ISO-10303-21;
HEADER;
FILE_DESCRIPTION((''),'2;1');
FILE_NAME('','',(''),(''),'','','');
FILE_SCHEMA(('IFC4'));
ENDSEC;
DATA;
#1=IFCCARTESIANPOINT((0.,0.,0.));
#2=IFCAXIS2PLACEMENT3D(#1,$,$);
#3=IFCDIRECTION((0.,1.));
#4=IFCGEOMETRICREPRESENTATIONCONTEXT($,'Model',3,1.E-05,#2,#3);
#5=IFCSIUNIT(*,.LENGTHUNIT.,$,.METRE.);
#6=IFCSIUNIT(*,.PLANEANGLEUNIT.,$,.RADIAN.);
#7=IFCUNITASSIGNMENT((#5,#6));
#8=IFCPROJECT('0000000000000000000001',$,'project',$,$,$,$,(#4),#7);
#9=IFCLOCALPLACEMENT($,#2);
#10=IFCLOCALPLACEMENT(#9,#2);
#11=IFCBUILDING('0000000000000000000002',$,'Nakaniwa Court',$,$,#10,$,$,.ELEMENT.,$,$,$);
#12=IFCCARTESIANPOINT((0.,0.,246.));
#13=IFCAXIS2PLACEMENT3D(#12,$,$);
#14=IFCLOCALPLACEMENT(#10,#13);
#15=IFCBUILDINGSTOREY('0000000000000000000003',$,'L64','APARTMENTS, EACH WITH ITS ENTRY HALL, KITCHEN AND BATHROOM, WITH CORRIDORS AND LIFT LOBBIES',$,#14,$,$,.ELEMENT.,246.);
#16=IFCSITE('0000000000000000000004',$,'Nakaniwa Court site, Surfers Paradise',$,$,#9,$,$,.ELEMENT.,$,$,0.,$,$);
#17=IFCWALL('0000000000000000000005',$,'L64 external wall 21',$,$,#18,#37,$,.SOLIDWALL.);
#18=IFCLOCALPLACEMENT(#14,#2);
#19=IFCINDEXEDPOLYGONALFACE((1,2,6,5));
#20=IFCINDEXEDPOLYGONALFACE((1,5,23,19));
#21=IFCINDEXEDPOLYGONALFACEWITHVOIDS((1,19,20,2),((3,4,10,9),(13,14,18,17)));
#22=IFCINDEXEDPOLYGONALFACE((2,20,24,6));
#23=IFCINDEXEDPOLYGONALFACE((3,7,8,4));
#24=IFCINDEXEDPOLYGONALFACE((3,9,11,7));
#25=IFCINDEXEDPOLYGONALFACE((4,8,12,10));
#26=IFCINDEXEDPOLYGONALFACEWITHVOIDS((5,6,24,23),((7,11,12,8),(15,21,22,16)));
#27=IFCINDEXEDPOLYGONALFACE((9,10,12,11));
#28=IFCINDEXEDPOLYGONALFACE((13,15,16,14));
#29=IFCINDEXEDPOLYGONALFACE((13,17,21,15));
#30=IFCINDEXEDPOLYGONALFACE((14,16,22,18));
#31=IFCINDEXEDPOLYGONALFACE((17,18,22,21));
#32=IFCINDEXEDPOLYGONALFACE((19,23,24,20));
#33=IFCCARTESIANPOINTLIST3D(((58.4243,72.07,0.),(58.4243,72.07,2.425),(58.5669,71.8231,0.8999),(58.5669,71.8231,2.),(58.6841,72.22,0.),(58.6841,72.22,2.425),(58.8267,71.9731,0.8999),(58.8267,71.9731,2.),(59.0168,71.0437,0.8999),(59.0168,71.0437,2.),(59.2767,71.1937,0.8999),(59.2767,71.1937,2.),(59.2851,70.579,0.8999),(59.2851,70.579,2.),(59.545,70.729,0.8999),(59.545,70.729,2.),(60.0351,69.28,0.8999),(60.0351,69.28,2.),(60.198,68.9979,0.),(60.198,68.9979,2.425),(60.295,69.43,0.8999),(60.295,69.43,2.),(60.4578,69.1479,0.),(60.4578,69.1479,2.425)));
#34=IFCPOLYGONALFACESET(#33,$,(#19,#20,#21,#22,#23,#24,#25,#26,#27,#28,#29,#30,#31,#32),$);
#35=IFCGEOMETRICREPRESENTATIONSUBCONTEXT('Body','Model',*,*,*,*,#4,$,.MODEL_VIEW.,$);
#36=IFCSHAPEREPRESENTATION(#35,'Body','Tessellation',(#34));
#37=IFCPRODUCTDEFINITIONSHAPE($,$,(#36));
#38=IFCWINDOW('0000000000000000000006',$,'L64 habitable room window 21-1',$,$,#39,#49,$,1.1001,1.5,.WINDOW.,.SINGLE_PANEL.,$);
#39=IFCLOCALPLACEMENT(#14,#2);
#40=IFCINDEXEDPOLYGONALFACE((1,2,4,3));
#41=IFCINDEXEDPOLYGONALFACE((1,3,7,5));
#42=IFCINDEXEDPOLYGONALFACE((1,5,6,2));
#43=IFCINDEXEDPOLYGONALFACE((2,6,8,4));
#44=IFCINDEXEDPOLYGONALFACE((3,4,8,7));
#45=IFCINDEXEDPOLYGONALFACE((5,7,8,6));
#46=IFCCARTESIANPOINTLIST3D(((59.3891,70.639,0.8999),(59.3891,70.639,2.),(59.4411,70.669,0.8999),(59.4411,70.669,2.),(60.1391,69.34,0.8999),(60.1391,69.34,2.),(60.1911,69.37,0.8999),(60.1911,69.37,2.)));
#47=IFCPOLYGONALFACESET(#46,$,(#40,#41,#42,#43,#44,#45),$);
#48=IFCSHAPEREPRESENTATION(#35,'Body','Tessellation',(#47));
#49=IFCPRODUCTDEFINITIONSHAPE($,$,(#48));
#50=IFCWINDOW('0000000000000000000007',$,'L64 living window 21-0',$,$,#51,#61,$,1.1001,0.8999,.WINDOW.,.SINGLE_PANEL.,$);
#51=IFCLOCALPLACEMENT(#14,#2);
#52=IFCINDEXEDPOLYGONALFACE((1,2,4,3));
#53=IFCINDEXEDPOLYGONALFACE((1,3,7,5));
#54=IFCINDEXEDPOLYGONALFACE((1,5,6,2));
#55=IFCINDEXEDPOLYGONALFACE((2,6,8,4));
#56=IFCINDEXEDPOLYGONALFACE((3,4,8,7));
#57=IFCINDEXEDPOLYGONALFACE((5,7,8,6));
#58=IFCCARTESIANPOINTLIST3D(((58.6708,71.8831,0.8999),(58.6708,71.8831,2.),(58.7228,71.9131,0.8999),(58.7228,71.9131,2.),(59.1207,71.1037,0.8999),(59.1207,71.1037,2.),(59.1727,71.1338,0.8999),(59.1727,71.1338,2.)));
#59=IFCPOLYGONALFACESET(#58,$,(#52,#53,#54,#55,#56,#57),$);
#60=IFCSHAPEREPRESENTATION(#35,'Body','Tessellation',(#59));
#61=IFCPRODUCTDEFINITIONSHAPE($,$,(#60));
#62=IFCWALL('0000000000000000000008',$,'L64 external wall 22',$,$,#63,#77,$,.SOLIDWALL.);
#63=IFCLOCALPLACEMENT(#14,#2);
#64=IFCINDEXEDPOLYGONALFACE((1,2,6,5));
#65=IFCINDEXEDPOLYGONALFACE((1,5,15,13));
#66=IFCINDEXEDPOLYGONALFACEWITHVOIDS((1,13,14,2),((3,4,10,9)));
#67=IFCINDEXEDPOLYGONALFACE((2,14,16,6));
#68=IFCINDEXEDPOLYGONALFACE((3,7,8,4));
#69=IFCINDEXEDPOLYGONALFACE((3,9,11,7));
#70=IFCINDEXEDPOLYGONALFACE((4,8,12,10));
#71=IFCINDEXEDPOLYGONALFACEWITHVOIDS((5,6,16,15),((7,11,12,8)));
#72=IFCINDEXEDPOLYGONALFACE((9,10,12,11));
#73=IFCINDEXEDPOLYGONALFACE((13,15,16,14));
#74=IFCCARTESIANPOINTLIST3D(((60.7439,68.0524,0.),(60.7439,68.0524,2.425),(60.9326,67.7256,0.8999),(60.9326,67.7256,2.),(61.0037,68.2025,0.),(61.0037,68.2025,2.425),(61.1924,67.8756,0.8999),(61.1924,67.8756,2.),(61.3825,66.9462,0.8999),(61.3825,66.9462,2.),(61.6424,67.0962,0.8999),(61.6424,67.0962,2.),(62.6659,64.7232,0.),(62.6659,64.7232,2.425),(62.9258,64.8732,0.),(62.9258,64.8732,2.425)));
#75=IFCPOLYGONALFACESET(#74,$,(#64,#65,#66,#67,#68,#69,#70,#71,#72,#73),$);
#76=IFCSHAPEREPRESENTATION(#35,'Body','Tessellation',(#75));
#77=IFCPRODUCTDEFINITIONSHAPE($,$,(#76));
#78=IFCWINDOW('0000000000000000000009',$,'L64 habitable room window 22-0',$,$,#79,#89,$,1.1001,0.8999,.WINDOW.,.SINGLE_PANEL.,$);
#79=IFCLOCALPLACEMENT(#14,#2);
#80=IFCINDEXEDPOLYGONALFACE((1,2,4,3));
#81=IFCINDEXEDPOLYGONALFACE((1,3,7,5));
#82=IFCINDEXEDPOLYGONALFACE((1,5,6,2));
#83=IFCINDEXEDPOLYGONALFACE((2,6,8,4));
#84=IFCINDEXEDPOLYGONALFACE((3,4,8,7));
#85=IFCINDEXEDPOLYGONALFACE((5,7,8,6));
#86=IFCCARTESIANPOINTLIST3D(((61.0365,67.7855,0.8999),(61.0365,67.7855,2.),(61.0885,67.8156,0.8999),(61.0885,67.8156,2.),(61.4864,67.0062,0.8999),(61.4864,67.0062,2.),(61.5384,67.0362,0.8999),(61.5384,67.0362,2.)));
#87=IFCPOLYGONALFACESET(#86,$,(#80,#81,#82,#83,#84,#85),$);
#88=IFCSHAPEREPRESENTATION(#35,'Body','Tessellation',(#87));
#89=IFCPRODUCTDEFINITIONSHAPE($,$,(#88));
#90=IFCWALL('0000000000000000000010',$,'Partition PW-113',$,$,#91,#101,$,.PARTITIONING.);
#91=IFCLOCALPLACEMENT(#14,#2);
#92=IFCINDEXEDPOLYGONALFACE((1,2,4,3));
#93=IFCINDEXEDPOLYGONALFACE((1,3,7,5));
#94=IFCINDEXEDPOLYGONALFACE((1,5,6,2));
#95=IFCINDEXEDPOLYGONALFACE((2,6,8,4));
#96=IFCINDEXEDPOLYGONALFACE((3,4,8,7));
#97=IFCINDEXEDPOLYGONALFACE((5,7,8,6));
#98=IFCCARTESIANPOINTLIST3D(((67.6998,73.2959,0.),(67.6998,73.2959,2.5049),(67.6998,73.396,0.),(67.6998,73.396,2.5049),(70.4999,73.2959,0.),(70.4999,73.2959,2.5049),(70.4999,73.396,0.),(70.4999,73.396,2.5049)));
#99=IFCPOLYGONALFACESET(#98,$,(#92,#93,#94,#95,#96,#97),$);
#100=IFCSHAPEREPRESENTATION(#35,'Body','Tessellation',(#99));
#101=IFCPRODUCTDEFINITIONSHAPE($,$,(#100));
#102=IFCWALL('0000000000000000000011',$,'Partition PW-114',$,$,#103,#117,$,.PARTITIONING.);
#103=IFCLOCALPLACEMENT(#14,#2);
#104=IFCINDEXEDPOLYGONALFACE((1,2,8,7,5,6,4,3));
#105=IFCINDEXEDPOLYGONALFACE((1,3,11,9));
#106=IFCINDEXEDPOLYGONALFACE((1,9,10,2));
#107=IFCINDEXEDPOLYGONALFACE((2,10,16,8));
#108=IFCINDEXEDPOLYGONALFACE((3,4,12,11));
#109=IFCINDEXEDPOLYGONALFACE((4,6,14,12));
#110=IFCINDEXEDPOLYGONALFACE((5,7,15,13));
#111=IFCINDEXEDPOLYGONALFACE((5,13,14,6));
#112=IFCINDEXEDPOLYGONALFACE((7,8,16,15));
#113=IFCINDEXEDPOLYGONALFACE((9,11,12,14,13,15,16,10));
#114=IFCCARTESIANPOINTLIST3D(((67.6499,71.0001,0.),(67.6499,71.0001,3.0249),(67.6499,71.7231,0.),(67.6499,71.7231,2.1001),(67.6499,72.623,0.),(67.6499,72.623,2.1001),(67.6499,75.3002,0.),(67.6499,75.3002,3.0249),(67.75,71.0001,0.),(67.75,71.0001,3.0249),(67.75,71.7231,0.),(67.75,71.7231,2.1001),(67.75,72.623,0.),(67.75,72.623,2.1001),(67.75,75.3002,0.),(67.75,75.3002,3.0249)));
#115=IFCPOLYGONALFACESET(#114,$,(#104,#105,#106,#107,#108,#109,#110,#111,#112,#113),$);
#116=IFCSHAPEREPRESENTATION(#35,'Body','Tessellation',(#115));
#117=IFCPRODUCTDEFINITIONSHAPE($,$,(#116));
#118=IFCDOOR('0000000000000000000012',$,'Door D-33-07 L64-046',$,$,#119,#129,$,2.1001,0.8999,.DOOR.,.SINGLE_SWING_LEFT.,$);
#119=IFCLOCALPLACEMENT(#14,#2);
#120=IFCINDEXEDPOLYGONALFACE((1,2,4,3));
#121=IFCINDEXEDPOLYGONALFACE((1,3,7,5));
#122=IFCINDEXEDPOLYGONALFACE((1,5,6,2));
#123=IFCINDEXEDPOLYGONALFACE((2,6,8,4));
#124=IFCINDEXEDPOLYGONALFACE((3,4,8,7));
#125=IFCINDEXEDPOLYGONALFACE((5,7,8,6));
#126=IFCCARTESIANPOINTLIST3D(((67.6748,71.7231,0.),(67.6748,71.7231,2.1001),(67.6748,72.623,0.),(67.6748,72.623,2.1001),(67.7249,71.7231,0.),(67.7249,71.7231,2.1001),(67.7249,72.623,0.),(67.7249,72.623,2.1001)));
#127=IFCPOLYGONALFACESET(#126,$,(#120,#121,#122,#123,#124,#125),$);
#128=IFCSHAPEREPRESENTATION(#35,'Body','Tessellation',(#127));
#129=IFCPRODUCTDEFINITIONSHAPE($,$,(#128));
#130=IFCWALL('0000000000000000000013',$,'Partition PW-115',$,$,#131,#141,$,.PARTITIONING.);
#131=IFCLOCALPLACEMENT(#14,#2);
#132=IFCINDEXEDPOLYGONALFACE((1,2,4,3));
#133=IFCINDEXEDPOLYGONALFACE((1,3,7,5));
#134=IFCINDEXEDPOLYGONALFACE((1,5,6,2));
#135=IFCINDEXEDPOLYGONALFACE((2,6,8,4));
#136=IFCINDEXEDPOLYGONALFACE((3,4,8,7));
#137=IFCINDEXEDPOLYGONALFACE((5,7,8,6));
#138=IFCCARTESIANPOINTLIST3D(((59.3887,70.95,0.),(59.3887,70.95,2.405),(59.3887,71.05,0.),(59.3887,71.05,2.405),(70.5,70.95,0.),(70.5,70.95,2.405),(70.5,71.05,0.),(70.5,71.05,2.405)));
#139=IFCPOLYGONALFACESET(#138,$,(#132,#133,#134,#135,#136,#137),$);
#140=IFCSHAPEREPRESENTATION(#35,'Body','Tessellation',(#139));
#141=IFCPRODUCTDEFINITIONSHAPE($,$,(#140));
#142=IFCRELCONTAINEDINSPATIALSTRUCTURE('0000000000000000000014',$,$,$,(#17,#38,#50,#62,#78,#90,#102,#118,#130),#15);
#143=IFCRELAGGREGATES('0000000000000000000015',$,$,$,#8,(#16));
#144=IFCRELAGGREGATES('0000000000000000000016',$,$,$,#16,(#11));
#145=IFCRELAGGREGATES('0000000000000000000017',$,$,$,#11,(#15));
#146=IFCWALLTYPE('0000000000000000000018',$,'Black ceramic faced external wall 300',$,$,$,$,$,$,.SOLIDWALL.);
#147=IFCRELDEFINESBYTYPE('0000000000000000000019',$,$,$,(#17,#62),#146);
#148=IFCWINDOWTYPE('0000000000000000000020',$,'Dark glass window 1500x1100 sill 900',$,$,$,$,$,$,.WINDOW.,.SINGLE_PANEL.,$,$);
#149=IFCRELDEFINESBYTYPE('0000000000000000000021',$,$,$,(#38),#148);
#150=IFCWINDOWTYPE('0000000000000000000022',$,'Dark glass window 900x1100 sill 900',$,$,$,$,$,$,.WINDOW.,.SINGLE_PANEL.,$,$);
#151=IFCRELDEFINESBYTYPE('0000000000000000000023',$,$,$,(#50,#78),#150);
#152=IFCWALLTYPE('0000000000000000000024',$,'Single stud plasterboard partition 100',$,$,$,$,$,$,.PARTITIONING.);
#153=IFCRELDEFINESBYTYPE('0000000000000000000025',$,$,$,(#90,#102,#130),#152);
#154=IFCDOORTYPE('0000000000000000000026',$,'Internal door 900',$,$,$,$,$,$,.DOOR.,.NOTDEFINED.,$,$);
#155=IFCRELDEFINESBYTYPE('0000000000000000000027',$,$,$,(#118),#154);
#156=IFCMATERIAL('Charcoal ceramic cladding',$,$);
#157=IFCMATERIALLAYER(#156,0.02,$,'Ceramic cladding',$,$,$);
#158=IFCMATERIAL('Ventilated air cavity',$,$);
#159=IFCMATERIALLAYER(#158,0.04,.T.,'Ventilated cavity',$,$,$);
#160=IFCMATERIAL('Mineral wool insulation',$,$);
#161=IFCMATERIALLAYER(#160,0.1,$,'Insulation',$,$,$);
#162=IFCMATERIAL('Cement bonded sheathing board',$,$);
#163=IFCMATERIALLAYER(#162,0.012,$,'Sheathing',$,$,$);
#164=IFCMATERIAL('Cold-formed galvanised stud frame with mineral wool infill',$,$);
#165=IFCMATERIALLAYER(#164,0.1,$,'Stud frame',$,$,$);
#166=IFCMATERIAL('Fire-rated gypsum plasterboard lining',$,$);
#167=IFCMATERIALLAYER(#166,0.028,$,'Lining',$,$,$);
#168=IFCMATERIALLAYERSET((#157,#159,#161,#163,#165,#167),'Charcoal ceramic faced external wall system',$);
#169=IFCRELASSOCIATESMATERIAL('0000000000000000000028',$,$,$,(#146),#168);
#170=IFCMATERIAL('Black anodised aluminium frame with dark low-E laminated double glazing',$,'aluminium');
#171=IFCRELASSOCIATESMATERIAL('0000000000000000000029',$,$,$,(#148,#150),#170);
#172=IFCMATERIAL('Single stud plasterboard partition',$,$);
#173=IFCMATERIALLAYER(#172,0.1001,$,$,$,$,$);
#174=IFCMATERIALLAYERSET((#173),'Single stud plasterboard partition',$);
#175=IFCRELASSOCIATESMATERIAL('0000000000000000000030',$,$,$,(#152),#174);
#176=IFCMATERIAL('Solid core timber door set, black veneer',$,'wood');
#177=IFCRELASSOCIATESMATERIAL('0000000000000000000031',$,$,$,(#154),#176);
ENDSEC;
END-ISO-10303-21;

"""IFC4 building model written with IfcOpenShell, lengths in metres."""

from ifc_helpers import new_model, si_unit, direction, frame, frame_2d, origin, place, context, subcontext, project, spatial, rectangle, extrude, material, layer, layer_set, type_object, element, fill, save


model = new_model("IFC4")

# Units and contexts
model_context = context("Model", 3, precision=1e-05, world=origin(), true_north=direction((0.0, 1.0)))
body_context = subcontext(model_context, "Body", "Model", "MODEL_VIEW")
ifc_project = project(units=[si_unit("LENGTHUNIT", "METRE"), si_unit("PLANEANGLEUNIT", "RADIAN")], contexts=[model_context])

# Site, building, storey
site_placement = place(None, origin())
site = spatial("IfcSite", under=ifc_project, at=site_placement, Name="Nakaniwa Court site, Surfers Paradise", CompositionType="ELEMENT", RefElevation=0.0)
building_placement = place(site_placement, origin())
building = spatial("IfcBuilding", under=site, at=building_placement, Name="Nakaniwa Court", CompositionType="ELEMENT")
storey_placement = place(building_placement, frame((0.0, 0.0, 246.0)))
storey = spatial("IfcBuildingStorey", under=building, at=storey_placement, Name="L64", Description="APARTMENTS, EACH WITH ITS ENTRY HALL, KITCHEN AND BATHROOM, WITH CORRIDORS AND LIFT LOBBIES", CompositionType="ELEMENT", Elevation=246.0)

# Shared definitions
ifc_material_1 = material(Name="Charcoal ceramic cladding")
ifc_layer_1 = layer(ifc_material_1, 0.02, Name="Ceramic cladding")
ifc_material_2 = material(Name="Ventilated air cavity")
ifc_layer_2 = layer(ifc_material_2, 0.04, ventilated=True, Name="Ventilated cavity")
ifc_material_3 = material(Name="Mineral wool insulation")
ifc_layer_3 = layer(ifc_material_3, 0.1, Name="Insulation")
ifc_material_4 = material(Name="Cement bonded sheathing board")
ifc_layer_4 = layer(ifc_material_4, 0.012, Name="Sheathing")
ifc_material_5 = material(Name="Cold-formed galvanised stud frame with mineral wool infill")
ifc_layer_5 = layer(ifc_material_5, 0.1, Name="Stud frame")
ifc_material_6 = material(Name="Fire-rated gypsum plasterboard lining")
ifc_layer_6 = layer(ifc_material_6, 0.028, Name="Lining")
ifc_layer_set_1 = layer_set([ifc_layer_1, ifc_layer_2, ifc_layer_3, ifc_layer_4, ifc_layer_5, ifc_layer_6], Name="Charcoal ceramic faced external wall system")
wall_type_1 = type_object("IfcWallType", Name="Black ceramic faced external wall 300", PredefinedType="SOLIDWALL", material=ifc_layer_set_1)

# Shared definitions
ifc_material_7 = material(Name="Black anodised aluminium frame with dark low-E laminated double glazing", Category="aluminium")

# Wall, openings, windows
wall_1_placement = place(storey_placement, frame((58.5542, 72.145, 0.0), z_axis=(0.0, 0.0, 1.0), x_axis=(0.50001, -0.866019, 0.0)))
wall_1 = element("IfcWall", 1, at=wall_1_placement, inside=storey, type_object=wall_type_1, Name="L64 external wall 21", PredefinedType="SOLIDWALL", context=body_context, shape_type="SweptSolid", body=[
    extrude(rectangle(XDim=3.5474, YDim=0.3, at=frame_2d((1.7737, 0.0))), origin(), (0.0, 0.0, 1.0), 2.425),
])
opening_1_placement = place(wall_1_placement, frame((0.2852, 0.0, 0.8999)))
opening_1 = element("IfcOpeningElement", 2, at=opening_1_placement, cuts=wall_1, PredefinedType="OPENING", context=body_context, shape_type="SweptSolid", body=[
    extrude(rectangle(XDim=0.8999, YDim=1.1001, at=frame_2d((0.45, 0.55))), frame((0.0, 0.1599, 0.0), z_axis=(0.0, -1.0, 0.0), x_axis=(1.0, 0.0, 0.0)), (0.0, 0.0, 1.0), 0.3201),
])
opening_2_placement = place(wall_1_placement, frame((1.7217, 0.0, 0.8999)))
opening_2 = element("IfcOpeningElement", 3, at=opening_2_placement, cuts=wall_1, PredefinedType="OPENING", context=body_context, shape_type="SweptSolid", body=[
    extrude(rectangle(XDim=1.5, YDim=1.1001, at=frame_2d((0.75, 0.55))), frame((0.0, 0.1599, 0.0), z_axis=(0.0, -1.0, 0.0), x_axis=(1.0, 0.0, 0.0)), (0.0, 0.0, 1.0), 0.3201),
])
window_type_1 = type_object("IfcWindowType", Name="Dark glass window 1500x1100 sill 900", PartitioningType="SINGLE_PANEL", PredefinedType="WINDOW", material=ifc_material_7)
window_1_placement = place(opening_2_placement, origin())
window_1 = element("IfcWindow", 4, at=window_1_placement, inside=storey, type_object=window_type_1, Name="L64 habitable room window 21-1", OverallHeight=1.1001, OverallWidth=1.5, PartitioningType="SINGLE_PANEL", PredefinedType="WINDOW", context=body_context, shape_type="SweptSolid", body=[
    extrude(rectangle(XDim=1.5, YDim=1.1001, at=frame_2d((0.75, 0.55))), frame((0.0, 0.03, 0.0), z_axis=(0.0, -1.0, 0.0), x_axis=(1.0, 0.0, 0.0)), (0.0, 0.0, 1.0), 0.0601),
])
fill(opening_2, window_1)
window_type_2 = type_object("IfcWindowType", Name="Dark glass window 900x1100 sill 900", PartitioningType="SINGLE_PANEL", PredefinedType="WINDOW", material=ifc_material_7)
window_2_placement = place(opening_1_placement, origin())
window_2 = element("IfcWindow", 5, at=window_2_placement, inside=storey, type_object=window_type_2, Name="L64 living window 21-0", OverallHeight=1.1001, OverallWidth=0.8999, PartitioningType="SINGLE_PANEL", PredefinedType="WINDOW", context=body_context, shape_type="SweptSolid", body=[
    extrude(rectangle(XDim=0.8999, YDim=1.1001, at=frame_2d((0.45, 0.55))), frame((0.0, 0.03, 0.0), z_axis=(0.0, -1.0, 0.0), x_axis=(1.0, 0.0, 0.0)), (0.0, 0.0, 1.0), 0.0601),
])
fill(opening_1, window_2)

# Wall, opening, window
wall_2_placement = place(storey_placement, frame((60.8738, 68.1274, 0.0), z_axis=(0.0, 0.0, 1.0), x_axis=(0.499984, -0.866034, 0.0)))
wall_2 = element("IfcWall", 6, at=wall_2_placement, inside=storey, type_object=wall_type_1, Name="L64 external wall 22", PredefinedType="SOLIDWALL", context=body_context, shape_type="SweptSolid", body=[
    extrude(rectangle(XDim=3.8442, YDim=0.3, at=frame_2d((1.9221, 0.0))), origin(), (0.0, 0.0, 1.0), 2.425),
])
opening_3_placement = place(wall_2_placement, frame((0.3774, 0.0, 0.8999)))
opening_3 = element("IfcOpeningElement", 7, at=opening_3_placement, cuts=wall_2, PredefinedType="OPENING", context=body_context, shape_type="SweptSolid", body=[
    extrude(rectangle(XDim=0.8999, YDim=1.1001, at=frame_2d((0.45, 0.55))), frame((0.0, 0.1599, 0.0), z_axis=(0.0, -1.0, 0.0), x_axis=(1.0, 0.0, 0.0)), (0.0, 0.0, 1.0), 0.3201),
])
window_3_placement = place(opening_3_placement, origin())
window_3 = element("IfcWindow", 8, at=window_3_placement, inside=storey, type_object=window_type_2, Name="L64 habitable room window 22-0", OverallHeight=1.1001, OverallWidth=0.8999, PartitioningType="SINGLE_PANEL", PredefinedType="WINDOW", context=body_context, shape_type="SweptSolid", body=[
    extrude(rectangle(XDim=0.8999, YDim=1.1001, at=frame_2d((0.45, 0.55))), frame((0.0, 0.03, 0.0), z_axis=(0.0, -1.0, 0.0), x_axis=(1.0, 0.0, 0.0)), (0.0, 0.0, 1.0), 0.0601),
])
fill(opening_3, window_3)

# Wall
ifc_material_8 = material(Name="Single stud plasterboard partition")
ifc_layer_7 = layer(ifc_material_8, 0.1001)
ifc_layer_set_2 = layer_set([ifc_layer_7], Name="Single stud plasterboard partition")
wall_type_2 = type_object("IfcWallType", Name="Single stud plasterboard partition 100", PredefinedType="PARTITIONING", material=ifc_layer_set_2)
wall_3_placement = place(storey_placement, frame((67.7, 73.3459, 0.0), z_axis=(0.0, 0.0, 1.0), x_axis=(1.0, 0.0, 0.0)))
element("IfcWall", 9, at=wall_3_placement, inside=storey, type_object=wall_type_2, Name="Partition PW-113", PredefinedType="PARTITIONING", context=body_context, shape_type="SweptSolid", body=[
    extrude(rectangle(XDim=2.8, YDim=0.1001, at=frame_2d((1.3999, 0.0))), origin(), (0.0, 0.0, 1.0), 2.5049),
])

# Wall, opening, door
wall_4_placement = place(storey_placement, frame((67.7, 75.3, 0.0), z_axis=(0.0, 0.0, 1.0), x_axis=(0.0, -1.0, 0.0)))
wall_4 = element("IfcWall", 10, at=wall_4_placement, inside=storey, type_object=wall_type_2, Name="Partition PW-114", PredefinedType="PARTITIONING", context=body_context, shape_type="SweptSolid", body=[
    extrude(rectangle(XDim=4.3, YDim=0.1001, at=frame_2d((2.1499, 0.0))), origin(), (0.0, 0.0, 1.0), 3.0249),
])
opening_4_placement = place(wall_4_placement, frame((2.677, 0.0, 0.0)))
opening_4 = element("IfcOpeningElement", 11, at=opening_4_placement, cuts=wall_4, PredefinedType="OPENING", context=body_context, shape_type="SweptSolid", body=[
    extrude(rectangle(XDim=0.8999, YDim=2.1001, at=frame_2d((0.45, 1.05))), frame((0.0, 0.0601, 0.0), z_axis=(0.0, -1.0, 0.0), x_axis=(1.0, 0.0, 0.0)), (0.0, 0.0, 1.0), 0.1201),
])
ifc_material_9 = material(Name="Solid core timber door set, black veneer", Category="wood")
door_type = type_object("IfcDoorType", Name="Internal door 900", OperationType="NOTDEFINED", PredefinedType="DOOR", material=ifc_material_9)
door_1_placement = place(opening_4_placement, origin())
door_1 = element("IfcDoor", 12, at=door_1_placement, inside=storey, type_object=door_type, Name="Door D-33-07 L64-046", OperationType="SINGLE_SWING_LEFT", OverallHeight=2.1001, OverallWidth=0.8999, PredefinedType="DOOR", context=body_context, shape_type="SweptSolid", body=[
    extrude(rectangle(XDim=0.8999, YDim=2.1001, at=frame_2d((0.45, 1.05))), frame((0.0, 0.0249, 0.0), z_axis=(0.0, -1.0, 0.0), x_axis=(1.0, 0.0, 0.0)), (0.0, 0.0, 1.0), 0.05),
])
fill(opening_4, door_1)

# Wall
wall_5_placement = place(storey_placement, frame((59.3887, 71.0, 0.0), z_axis=(0.0, 0.0, 1.0), x_axis=(1.0, 0.0, 0.0)))
element("IfcWall", 13, at=wall_5_placement, inside=storey, type_object=wall_type_2, Name="Partition PW-115", PredefinedType="PARTITIONING", context=body_context, shape_type="SweptSolid", body=[
    extrude(rectangle(XDim=11.1113, YDim=0.1001, at=frame_2d((5.5557, 0.0))), origin(), (0.0, 0.0, 1.0), 2.405),
])

save(model, "model.ifc")
